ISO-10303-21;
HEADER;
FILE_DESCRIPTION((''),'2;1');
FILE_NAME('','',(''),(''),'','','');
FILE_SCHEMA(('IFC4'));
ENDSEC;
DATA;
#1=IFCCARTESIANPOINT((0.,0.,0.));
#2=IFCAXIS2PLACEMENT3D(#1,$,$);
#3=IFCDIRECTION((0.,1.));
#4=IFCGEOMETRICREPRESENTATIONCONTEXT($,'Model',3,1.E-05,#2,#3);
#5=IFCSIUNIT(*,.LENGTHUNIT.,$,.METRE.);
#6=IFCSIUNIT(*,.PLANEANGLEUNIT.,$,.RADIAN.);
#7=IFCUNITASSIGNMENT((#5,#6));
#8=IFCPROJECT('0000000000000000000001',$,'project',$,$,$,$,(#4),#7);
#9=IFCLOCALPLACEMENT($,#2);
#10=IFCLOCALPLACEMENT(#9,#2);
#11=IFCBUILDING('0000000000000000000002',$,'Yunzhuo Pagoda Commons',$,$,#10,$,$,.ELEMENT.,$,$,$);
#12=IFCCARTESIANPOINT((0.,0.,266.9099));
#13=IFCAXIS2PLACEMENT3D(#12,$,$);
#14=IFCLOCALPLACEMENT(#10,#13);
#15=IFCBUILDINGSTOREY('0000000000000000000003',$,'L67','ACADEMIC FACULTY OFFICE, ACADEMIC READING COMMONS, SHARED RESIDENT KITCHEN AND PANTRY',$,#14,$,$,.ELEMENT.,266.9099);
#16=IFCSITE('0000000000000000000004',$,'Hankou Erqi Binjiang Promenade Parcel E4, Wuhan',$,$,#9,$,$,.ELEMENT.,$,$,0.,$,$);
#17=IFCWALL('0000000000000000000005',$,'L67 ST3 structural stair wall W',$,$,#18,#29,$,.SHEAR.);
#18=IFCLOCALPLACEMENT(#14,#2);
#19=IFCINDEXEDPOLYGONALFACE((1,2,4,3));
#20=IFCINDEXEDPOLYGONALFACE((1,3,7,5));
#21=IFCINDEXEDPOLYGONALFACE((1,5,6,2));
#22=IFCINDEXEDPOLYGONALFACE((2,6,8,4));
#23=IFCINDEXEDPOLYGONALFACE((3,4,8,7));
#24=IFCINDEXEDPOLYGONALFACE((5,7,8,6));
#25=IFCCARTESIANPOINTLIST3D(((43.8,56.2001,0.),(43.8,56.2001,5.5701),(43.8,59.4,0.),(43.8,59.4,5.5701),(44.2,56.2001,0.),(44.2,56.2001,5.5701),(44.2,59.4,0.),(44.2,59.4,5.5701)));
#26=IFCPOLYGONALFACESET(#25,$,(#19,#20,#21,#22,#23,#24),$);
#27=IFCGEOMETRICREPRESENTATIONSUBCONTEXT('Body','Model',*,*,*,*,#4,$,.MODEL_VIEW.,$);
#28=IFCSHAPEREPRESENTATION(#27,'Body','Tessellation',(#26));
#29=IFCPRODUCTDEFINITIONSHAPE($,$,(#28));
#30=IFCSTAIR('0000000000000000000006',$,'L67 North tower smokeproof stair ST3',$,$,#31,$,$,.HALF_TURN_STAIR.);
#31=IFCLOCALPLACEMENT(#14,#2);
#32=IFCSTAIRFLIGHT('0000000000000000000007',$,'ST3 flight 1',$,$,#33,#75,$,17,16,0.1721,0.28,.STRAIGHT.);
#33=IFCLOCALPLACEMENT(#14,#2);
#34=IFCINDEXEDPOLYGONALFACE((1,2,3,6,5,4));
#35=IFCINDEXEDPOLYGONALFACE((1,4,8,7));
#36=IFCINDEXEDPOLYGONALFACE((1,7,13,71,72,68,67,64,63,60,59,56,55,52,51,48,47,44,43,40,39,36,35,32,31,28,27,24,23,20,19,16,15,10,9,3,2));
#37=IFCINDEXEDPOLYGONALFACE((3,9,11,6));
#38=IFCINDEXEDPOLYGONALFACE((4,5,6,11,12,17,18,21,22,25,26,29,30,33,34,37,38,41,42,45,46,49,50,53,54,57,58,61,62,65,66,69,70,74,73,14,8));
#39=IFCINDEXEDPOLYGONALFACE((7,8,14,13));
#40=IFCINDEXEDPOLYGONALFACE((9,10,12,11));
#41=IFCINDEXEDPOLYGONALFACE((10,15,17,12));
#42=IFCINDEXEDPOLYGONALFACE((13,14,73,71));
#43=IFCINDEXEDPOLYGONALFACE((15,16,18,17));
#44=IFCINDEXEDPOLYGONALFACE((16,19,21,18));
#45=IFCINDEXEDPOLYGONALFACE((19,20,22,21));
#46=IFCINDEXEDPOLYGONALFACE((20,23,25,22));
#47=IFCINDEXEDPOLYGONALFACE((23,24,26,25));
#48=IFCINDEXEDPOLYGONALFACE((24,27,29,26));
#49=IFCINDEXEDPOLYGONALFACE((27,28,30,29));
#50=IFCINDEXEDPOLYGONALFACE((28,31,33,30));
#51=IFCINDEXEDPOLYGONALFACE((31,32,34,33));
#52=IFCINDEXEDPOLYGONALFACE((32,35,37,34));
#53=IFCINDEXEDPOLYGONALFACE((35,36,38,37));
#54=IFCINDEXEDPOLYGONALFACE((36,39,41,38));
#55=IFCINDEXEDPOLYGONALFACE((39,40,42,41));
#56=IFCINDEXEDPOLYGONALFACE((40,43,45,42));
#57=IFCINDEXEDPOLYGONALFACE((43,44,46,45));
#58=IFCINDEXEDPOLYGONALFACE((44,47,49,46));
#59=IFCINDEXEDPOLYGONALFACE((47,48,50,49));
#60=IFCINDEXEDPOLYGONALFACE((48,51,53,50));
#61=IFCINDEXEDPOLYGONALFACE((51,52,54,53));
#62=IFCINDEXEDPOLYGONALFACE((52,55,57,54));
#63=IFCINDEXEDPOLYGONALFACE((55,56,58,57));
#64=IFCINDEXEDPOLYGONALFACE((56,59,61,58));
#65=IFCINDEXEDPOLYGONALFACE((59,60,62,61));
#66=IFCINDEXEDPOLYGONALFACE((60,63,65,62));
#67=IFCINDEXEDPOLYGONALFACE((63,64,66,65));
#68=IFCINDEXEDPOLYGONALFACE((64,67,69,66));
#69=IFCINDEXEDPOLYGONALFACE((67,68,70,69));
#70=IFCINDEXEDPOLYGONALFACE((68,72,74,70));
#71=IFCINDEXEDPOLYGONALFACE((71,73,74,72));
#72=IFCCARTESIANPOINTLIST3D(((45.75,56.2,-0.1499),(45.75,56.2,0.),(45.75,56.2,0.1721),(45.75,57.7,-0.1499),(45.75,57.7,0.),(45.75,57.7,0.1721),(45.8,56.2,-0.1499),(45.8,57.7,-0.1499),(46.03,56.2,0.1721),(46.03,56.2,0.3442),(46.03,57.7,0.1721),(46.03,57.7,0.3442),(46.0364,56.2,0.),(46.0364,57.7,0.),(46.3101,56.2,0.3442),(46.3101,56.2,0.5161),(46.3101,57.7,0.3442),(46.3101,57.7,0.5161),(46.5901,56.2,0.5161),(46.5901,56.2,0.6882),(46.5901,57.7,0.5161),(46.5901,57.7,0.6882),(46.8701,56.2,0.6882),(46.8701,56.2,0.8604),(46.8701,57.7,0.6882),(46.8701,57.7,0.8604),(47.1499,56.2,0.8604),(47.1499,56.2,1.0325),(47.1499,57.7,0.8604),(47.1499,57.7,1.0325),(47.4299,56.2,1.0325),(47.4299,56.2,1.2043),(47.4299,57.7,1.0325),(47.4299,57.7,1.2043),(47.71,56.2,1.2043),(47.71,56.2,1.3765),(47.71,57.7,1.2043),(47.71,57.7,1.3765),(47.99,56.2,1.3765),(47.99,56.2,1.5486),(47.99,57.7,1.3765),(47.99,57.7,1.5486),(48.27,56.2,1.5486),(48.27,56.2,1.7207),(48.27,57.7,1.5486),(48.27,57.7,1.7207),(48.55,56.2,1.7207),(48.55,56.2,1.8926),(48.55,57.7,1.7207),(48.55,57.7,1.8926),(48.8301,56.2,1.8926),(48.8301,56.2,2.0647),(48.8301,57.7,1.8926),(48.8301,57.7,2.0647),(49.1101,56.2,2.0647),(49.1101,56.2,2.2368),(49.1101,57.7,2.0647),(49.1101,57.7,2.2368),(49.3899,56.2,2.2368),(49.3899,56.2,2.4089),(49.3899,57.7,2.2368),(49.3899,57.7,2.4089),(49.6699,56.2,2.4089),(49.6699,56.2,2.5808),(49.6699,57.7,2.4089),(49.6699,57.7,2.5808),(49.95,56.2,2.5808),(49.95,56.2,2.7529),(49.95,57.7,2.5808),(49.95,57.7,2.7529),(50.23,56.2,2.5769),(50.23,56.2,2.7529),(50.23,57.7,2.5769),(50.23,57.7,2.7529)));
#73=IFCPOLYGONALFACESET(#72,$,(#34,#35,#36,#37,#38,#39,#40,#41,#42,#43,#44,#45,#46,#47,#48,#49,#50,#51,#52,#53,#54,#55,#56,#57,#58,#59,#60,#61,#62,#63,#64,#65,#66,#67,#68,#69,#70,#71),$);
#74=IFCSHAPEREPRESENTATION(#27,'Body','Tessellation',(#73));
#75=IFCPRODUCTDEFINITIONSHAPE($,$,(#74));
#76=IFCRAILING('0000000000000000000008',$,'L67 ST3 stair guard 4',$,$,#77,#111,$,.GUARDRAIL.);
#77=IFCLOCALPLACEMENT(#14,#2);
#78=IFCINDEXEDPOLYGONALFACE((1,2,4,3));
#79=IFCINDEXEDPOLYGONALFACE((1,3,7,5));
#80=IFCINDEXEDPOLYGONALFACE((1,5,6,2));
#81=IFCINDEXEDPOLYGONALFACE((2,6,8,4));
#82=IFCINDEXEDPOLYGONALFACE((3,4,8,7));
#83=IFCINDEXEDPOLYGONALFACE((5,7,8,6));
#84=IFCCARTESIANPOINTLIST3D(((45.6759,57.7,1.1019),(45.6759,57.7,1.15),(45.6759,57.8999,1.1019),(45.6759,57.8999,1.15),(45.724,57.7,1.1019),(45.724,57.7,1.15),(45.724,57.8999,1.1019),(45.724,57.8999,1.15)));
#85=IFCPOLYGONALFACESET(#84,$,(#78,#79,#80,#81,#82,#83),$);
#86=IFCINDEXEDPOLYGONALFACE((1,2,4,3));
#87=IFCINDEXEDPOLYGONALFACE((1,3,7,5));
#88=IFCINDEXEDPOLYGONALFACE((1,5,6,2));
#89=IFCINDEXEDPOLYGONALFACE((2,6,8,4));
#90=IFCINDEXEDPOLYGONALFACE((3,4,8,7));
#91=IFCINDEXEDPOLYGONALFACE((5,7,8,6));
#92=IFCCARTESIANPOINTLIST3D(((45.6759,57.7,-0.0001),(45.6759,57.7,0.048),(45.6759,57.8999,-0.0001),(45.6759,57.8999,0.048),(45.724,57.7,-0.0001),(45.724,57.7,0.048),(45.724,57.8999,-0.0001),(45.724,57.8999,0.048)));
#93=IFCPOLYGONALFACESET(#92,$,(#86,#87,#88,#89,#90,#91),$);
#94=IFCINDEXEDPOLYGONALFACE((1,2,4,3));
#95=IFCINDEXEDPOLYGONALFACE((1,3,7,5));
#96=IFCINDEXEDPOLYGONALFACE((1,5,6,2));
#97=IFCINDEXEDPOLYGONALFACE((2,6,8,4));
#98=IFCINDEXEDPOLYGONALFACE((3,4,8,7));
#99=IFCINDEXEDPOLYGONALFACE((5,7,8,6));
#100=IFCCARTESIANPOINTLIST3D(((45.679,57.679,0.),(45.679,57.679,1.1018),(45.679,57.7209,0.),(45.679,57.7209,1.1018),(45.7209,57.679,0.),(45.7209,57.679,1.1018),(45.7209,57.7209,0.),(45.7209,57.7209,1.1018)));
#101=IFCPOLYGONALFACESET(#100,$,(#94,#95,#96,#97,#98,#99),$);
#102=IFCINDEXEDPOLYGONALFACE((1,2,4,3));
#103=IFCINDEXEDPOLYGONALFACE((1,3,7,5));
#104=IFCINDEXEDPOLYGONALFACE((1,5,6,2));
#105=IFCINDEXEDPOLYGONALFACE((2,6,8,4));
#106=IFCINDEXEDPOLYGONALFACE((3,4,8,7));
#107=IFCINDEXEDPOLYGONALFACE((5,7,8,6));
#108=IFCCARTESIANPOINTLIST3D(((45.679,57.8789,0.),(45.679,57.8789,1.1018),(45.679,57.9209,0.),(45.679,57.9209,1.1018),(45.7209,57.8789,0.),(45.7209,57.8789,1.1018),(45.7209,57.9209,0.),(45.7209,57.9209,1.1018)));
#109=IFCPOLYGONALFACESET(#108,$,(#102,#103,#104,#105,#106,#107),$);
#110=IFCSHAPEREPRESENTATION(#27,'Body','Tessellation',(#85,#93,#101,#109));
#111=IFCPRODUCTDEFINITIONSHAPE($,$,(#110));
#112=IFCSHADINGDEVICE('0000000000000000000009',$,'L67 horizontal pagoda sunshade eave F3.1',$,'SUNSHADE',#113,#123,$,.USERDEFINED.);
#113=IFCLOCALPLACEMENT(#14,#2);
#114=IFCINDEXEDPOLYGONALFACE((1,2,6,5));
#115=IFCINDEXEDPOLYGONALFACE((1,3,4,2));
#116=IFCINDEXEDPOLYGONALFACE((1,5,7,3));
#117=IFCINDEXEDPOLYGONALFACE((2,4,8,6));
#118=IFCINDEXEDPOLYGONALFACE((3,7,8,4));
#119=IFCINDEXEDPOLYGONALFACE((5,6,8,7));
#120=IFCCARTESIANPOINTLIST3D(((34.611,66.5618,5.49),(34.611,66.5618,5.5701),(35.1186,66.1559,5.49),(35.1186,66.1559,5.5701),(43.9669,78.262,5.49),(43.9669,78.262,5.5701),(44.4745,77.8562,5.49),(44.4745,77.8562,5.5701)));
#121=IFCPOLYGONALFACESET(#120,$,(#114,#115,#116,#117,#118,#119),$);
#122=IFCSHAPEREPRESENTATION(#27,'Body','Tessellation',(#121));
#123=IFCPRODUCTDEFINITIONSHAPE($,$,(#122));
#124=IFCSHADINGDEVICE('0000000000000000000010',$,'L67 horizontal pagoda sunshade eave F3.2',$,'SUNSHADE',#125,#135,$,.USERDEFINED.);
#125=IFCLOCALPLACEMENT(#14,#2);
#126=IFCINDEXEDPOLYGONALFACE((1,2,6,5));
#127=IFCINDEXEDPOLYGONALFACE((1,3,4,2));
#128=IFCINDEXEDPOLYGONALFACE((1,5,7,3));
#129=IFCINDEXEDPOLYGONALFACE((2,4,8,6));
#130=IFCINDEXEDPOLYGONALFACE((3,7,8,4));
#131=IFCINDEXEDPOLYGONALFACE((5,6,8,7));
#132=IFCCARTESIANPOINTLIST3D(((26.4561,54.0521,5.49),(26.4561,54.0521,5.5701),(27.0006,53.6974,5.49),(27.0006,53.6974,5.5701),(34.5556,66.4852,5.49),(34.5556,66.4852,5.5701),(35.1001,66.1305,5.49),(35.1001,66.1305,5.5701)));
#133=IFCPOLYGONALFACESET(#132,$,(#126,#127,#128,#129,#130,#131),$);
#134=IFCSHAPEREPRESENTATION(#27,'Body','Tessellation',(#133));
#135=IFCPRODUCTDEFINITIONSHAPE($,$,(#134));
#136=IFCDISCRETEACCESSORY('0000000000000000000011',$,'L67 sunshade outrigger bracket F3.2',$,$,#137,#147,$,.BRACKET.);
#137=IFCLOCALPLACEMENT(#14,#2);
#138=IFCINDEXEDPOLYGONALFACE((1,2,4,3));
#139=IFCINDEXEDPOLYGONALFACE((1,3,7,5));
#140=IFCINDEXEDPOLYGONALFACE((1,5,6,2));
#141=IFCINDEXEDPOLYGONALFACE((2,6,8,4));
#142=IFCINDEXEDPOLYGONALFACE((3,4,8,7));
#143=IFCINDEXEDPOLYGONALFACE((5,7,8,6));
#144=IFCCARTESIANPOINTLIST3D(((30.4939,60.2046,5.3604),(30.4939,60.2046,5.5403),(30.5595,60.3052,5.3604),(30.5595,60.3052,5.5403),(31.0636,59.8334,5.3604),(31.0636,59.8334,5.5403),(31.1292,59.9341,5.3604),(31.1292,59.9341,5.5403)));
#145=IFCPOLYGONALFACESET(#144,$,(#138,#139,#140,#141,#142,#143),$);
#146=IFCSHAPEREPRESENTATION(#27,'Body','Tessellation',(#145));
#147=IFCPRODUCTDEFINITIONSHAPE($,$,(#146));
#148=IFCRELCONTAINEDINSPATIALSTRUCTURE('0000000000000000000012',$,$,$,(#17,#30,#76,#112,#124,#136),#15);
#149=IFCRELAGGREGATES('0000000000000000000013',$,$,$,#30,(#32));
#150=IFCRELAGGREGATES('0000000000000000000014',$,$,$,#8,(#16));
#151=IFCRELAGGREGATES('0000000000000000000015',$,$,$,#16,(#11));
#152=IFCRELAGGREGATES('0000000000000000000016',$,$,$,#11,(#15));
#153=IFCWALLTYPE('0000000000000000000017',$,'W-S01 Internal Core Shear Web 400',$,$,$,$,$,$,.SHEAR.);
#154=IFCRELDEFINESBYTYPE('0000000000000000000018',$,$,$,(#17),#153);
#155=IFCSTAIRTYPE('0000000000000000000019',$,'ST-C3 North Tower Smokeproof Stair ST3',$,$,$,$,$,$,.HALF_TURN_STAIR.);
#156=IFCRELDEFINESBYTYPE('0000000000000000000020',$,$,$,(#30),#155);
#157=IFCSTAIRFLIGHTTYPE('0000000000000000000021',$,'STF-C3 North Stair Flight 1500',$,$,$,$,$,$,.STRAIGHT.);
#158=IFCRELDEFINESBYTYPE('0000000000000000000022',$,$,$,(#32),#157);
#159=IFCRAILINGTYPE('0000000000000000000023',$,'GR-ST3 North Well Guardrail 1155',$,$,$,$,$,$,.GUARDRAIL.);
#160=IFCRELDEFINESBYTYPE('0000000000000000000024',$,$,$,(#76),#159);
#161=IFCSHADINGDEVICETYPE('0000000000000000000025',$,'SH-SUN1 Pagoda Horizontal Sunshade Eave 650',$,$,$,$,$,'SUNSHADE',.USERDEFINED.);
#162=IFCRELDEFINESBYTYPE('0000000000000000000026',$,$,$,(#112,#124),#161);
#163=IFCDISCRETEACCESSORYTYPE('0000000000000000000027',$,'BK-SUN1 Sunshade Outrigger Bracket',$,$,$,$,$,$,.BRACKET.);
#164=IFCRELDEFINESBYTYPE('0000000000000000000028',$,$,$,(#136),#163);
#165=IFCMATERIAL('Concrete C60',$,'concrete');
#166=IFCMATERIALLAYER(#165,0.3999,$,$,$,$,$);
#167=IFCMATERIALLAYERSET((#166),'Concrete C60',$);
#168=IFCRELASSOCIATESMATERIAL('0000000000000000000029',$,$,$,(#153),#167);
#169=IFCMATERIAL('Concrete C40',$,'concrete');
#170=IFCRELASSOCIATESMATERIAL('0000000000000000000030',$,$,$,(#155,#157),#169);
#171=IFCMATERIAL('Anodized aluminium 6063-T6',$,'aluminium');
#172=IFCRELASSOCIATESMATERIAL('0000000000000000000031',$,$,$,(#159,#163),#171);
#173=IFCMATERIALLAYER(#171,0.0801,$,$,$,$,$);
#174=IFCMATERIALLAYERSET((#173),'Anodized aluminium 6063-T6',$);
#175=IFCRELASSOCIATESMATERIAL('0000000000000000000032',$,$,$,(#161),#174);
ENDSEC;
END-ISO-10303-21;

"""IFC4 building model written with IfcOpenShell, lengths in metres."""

from ifc_helpers import new_model, si_unit, direction, frame, frame_2d, origin, origin_2d, place, context, subcontext, project, spatial, polyline, rectangle, outline, extrude, source, transform, mapped, material, layer, layer_set, type_object, element, aggregate, save


model = new_model("IFC4")

# Units and contexts
model_context = context("Model", 3, precision=1e-05, world=origin(), true_north=direction((0.0, 1.0)))
body_context = subcontext(model_context, "Body", "Model", "MODEL_VIEW")
ifc_project = project(units=[si_unit("LENGTHUNIT", "METRE"), si_unit("PLANEANGLEUNIT", "RADIAN")], contexts=[model_context])

# Site, building, storey
site_placement = place(None, origin())
site = spatial("IfcSite", under=ifc_project, at=site_placement, Name="Hankou Erqi Binjiang Promenade Parcel E4, Wuhan", CompositionType="ELEMENT", RefElevation=0.0)
building_placement = place(site_placement, origin())
building = spatial("IfcBuilding", under=site, at=building_placement, Name="Yunzhuo Pagoda Commons", CompositionType="ELEMENT")
storey_placement = place(building_placement, frame((0.0, 0.0, 266.9099)))
storey = spatial("IfcBuildingStorey", under=building, at=storey_placement, Name="L67", Description="ACADEMIC FACULTY OFFICE, ACADEMIC READING COMMONS, SHARED RESIDENT KITCHEN AND PANTRY", CompositionType="ELEMENT", Elevation=266.9099)

# Shared definitions
ifc_material_1 = material(Name="Anodized aluminium 6063-T6", Category="aluminium")

# Wall
ifc_material_2 = material(Name="Concrete C60", Category="concrete")
ifc_layer_1 = layer(ifc_material_2, 0.3999)
ifc_layer_set_1 = layer_set([ifc_layer_1], Name="Concrete C60")
wall_type = type_object("IfcWallType", Name="W-S01 Internal Core Shear Web 400", PredefinedType="SHEAR", material=ifc_layer_set_1)
wall_1_placement = place(storey_placement, frame((44.0, 56.2, 0.0), z_axis=(0.0, 0.0, 1.0), x_axis=(0.0, 1.0, 0.0)))
element("IfcWall", 1, at=wall_1_placement, inside=storey, type_object=wall_type, Name="L67 ST3 structural stair wall W", PredefinedType="SHEAR", context=body_context, shape_type="SweptSolid", body=[
    extrude(rectangle(XDim=3.2, YDim=0.3999, at=frame_2d((1.6001, 0.0))), origin(), (0.0, 0.0, 1.0), 5.5701),
])

# Stair, stair flight
ifc_material_3 = material(Name="Concrete C40", Category="concrete")
stair_type = type_object("IfcStairType", Name="ST-C3 North Tower Smokeproof Stair ST3", PredefinedType="HALF_TURN_STAIR", material=ifc_material_3)
stair_placement = place(storey_placement, origin())
stair = element("IfcStair", 2, at=stair_placement, inside=storey, type_object=stair_type, Name="L67 North tower smokeproof stair ST3", PredefinedType="HALF_TURN_STAIR")
stair_flight_type = type_object("IfcStairFlightType", Name="STF-C3 North Stair Flight 1500", PredefinedType="STRAIGHT", material=ifc_material_3)
shared_shape_1 = source(origin(), body_context, "Body", "SweptSolid", [
    extrude(outline(polyline([(0.0, -0.1499), (0.0, 0.0), (0.0, 0.1721), (0.28, 0.1721), (0.28, 0.3442), (0.5601, 0.3442), (0.5601, 0.5161), (0.8401, 0.5161), (0.8401, 0.6882), (1.1201, 0.6882), (1.1201, 0.8604), (1.3999, 0.8604), (1.3999, 1.0325), (1.6799, 1.0325), (1.6799, 1.2043), (1.96, 1.2043), (1.96, 1.3765), (2.24, 1.3765), (2.24, 1.5486), (2.52, 1.5486), (2.52, 1.7207), (2.8, 1.7207), (2.8, 1.8926), (3.0801, 1.8926), (3.0801, 2.0647), (3.3601, 2.0647), (3.3601, 2.2368), (3.6399, 2.2368), (3.6399, 2.4089), (3.9199, 2.4089), (3.9199, 2.5808), (4.2, 2.5808), (4.2, 2.7529), (4.48, 2.7529), (4.48, 2.925), (4.48, 2.5769), (0.2864, 0.0), (0.05, -0.1499), (0.0, -0.1499)])), frame((0.0, 0.75, 0.0), z_axis=(0.0, -1.0, 0.0), x_axis=(1.0, 0.0, 0.0)), (0.0, 0.0, 1.0), 1.5),
])
stair_flight_placement = place(storey_placement, frame((45.75, 56.95, 0.0), z_axis=(0.0, 0.0, 1.0), x_axis=(1.0, 0.0, 0.0)))
stair_flight = element("IfcStairFlight", 3, at=stair_flight_placement, type_object=stair_flight_type, Name="ST3 flight 1", NumberOfRisers=17, NumberOfTreads=16, PredefinedType="STRAIGHT", RiserHeight=0.1721, TreadLength=0.28, context=body_context, shape_type="MappedRepresentation", body=[
    mapped(shared_shape_1, transform((0.0, 0.0, 0.0), scale=1.0)),
])
aggregate(stair, [stair_flight])

# Railing
railing_type = type_object("IfcRailingType", Name="GR-ST3 North Well Guardrail 1155", PredefinedType="GUARDRAIL", material=ifc_material_1)
railing_placement = place(storey_placement, frame((45.7, 57.7, 0.0)))
element("IfcRailing", 4, at=railing_placement, inside=storey, type_object=railing_type, Name="L67 ST3 stair guard 4", PredefinedType="GUARDRAIL", context=body_context, shape_type="SweptSolid", body=[
    extrude(rectangle(XDim=0.0481, YDim=0.0481, at=origin_2d()), frame((0.0, 0.0, 1.126), z_axis=(0.0, 1.0, 0.0), x_axis=(-1.0, 0.0, 0.0)), (0.0, 0.0, 1.0), 0.2),
    extrude(rectangle(XDim=0.0481, YDim=0.0481, at=origin_2d()), frame((0.0, 0.0, 0.0239), z_axis=(0.0, 1.0, 0.0), x_axis=(-1.0, 0.0, 0.0)), (0.0, 0.0, 1.0), 0.2),
    extrude(rectangle(XDim=0.042, YDim=0.042, at=origin_2d()), origin(), (0.0, 0.0, 1.0), 1.1018),
    extrude(rectangle(XDim=0.042, YDim=0.042, at=origin_2d()), frame((0.0, 0.2, 0.0)), (0.0, 0.0, 1.0), 1.1018),
])

# Shading devices
ifc_layer_2 = layer(ifc_material_1, 0.0801)
ifc_layer_set_2 = layer_set([ifc_layer_2], Name="Anodized aluminium 6063-T6")
shading_device_type = type_object("IfcShadingDeviceType", Name="SH-SUN1 Pagoda Horizontal Sunshade Eave 650", ElementType="SUNSHADE", PredefinedType="USERDEFINED", material=ifc_layer_set_2)
shared_shape_2 = source(origin(), body_context, "Body", "SweptSolid", [
    extrude(rectangle(XDim=14.981, YDim=0.6499, at=origin_2d()), origin(), (0.0, 0.0, 1.0), 0.0801),
])
shading_device_1_placement = place(storey_placement, frame((39.5427, 72.209, 5.49), z_axis=(0.0, 0.0, 1.0), x_axis=(-0.62452, -0.781008, 0.0)))
element("IfcShadingDevice", 5, at=shading_device_1_placement, inside=storey, type_object=shading_device_type, Name="L67 horizontal pagoda sunshade eave F3.1", ObjectType="SUNSHADE", PredefinedType="USERDEFINED", context=body_context, shape_type="MappedRepresentation", body=[
    mapped(shared_shape_2, transform((0.0, 0.0, 0.0), scale=1.0)),
])
shared_shape_3 = source(origin(), body_context, "Body", "SweptSolid", [
    extrude(rectangle(XDim=14.8386, YDim=0.6499, at=origin_2d()), origin(), (0.0, 0.0, 1.0), 0.0801),
])
shading_device_2_placement = place(storey_placement, frame((30.7781, 60.0913, 5.49), z_axis=(0.0, 0.0, 1.0), x_axis=(-0.545839, -0.83789, 0.0)))
element("IfcShadingDevice", 6, at=shading_device_2_placement, inside=storey, type_object=shading_device_type, Name="L67 horizontal pagoda sunshade eave F3.2", ObjectType="SUNSHADE", PredefinedType="USERDEFINED", context=body_context, shape_type="MappedRepresentation", body=[
    mapped(shared_shape_3, transform((0.0, 0.0, 0.0), scale=1.0)),
])

# Discrete accessory
discrete_accessory_type = type_object("IfcDiscreteAccessoryType", Name="BK-SUN1 Sunshade Outrigger Bracket", PredefinedType="BRACKET", material=ifc_material_1)
shared_shape_4 = source(origin(), body_context, "Body", "SweptSolid", [
    extrude(rectangle(XDim=0.1201, YDim=0.6799, at=origin_2d()), origin(), (0.0, 0.0, 1.0), 0.1799),
])
discrete_accessory_placement = place(storey_placement, frame((30.8115, 60.0693, 5.3604), z_axis=(0.0, 0.0, 1.0), x_axis=(-0.545839, -0.83789, 0.0)))
element("IfcDiscreteAccessory", 7, at=discrete_accessory_placement, inside=storey, type_object=discrete_accessory_type, Name="L67 sunshade outrigger bracket F3.2", PredefinedType="BRACKET", context=body_context, shape_type="MappedRepresentation", body=[
    mapped(shared_shape_4, transform((0.0, 0.0, 0.0), scale=1.0)),
])

save(model, "model.ifc")
